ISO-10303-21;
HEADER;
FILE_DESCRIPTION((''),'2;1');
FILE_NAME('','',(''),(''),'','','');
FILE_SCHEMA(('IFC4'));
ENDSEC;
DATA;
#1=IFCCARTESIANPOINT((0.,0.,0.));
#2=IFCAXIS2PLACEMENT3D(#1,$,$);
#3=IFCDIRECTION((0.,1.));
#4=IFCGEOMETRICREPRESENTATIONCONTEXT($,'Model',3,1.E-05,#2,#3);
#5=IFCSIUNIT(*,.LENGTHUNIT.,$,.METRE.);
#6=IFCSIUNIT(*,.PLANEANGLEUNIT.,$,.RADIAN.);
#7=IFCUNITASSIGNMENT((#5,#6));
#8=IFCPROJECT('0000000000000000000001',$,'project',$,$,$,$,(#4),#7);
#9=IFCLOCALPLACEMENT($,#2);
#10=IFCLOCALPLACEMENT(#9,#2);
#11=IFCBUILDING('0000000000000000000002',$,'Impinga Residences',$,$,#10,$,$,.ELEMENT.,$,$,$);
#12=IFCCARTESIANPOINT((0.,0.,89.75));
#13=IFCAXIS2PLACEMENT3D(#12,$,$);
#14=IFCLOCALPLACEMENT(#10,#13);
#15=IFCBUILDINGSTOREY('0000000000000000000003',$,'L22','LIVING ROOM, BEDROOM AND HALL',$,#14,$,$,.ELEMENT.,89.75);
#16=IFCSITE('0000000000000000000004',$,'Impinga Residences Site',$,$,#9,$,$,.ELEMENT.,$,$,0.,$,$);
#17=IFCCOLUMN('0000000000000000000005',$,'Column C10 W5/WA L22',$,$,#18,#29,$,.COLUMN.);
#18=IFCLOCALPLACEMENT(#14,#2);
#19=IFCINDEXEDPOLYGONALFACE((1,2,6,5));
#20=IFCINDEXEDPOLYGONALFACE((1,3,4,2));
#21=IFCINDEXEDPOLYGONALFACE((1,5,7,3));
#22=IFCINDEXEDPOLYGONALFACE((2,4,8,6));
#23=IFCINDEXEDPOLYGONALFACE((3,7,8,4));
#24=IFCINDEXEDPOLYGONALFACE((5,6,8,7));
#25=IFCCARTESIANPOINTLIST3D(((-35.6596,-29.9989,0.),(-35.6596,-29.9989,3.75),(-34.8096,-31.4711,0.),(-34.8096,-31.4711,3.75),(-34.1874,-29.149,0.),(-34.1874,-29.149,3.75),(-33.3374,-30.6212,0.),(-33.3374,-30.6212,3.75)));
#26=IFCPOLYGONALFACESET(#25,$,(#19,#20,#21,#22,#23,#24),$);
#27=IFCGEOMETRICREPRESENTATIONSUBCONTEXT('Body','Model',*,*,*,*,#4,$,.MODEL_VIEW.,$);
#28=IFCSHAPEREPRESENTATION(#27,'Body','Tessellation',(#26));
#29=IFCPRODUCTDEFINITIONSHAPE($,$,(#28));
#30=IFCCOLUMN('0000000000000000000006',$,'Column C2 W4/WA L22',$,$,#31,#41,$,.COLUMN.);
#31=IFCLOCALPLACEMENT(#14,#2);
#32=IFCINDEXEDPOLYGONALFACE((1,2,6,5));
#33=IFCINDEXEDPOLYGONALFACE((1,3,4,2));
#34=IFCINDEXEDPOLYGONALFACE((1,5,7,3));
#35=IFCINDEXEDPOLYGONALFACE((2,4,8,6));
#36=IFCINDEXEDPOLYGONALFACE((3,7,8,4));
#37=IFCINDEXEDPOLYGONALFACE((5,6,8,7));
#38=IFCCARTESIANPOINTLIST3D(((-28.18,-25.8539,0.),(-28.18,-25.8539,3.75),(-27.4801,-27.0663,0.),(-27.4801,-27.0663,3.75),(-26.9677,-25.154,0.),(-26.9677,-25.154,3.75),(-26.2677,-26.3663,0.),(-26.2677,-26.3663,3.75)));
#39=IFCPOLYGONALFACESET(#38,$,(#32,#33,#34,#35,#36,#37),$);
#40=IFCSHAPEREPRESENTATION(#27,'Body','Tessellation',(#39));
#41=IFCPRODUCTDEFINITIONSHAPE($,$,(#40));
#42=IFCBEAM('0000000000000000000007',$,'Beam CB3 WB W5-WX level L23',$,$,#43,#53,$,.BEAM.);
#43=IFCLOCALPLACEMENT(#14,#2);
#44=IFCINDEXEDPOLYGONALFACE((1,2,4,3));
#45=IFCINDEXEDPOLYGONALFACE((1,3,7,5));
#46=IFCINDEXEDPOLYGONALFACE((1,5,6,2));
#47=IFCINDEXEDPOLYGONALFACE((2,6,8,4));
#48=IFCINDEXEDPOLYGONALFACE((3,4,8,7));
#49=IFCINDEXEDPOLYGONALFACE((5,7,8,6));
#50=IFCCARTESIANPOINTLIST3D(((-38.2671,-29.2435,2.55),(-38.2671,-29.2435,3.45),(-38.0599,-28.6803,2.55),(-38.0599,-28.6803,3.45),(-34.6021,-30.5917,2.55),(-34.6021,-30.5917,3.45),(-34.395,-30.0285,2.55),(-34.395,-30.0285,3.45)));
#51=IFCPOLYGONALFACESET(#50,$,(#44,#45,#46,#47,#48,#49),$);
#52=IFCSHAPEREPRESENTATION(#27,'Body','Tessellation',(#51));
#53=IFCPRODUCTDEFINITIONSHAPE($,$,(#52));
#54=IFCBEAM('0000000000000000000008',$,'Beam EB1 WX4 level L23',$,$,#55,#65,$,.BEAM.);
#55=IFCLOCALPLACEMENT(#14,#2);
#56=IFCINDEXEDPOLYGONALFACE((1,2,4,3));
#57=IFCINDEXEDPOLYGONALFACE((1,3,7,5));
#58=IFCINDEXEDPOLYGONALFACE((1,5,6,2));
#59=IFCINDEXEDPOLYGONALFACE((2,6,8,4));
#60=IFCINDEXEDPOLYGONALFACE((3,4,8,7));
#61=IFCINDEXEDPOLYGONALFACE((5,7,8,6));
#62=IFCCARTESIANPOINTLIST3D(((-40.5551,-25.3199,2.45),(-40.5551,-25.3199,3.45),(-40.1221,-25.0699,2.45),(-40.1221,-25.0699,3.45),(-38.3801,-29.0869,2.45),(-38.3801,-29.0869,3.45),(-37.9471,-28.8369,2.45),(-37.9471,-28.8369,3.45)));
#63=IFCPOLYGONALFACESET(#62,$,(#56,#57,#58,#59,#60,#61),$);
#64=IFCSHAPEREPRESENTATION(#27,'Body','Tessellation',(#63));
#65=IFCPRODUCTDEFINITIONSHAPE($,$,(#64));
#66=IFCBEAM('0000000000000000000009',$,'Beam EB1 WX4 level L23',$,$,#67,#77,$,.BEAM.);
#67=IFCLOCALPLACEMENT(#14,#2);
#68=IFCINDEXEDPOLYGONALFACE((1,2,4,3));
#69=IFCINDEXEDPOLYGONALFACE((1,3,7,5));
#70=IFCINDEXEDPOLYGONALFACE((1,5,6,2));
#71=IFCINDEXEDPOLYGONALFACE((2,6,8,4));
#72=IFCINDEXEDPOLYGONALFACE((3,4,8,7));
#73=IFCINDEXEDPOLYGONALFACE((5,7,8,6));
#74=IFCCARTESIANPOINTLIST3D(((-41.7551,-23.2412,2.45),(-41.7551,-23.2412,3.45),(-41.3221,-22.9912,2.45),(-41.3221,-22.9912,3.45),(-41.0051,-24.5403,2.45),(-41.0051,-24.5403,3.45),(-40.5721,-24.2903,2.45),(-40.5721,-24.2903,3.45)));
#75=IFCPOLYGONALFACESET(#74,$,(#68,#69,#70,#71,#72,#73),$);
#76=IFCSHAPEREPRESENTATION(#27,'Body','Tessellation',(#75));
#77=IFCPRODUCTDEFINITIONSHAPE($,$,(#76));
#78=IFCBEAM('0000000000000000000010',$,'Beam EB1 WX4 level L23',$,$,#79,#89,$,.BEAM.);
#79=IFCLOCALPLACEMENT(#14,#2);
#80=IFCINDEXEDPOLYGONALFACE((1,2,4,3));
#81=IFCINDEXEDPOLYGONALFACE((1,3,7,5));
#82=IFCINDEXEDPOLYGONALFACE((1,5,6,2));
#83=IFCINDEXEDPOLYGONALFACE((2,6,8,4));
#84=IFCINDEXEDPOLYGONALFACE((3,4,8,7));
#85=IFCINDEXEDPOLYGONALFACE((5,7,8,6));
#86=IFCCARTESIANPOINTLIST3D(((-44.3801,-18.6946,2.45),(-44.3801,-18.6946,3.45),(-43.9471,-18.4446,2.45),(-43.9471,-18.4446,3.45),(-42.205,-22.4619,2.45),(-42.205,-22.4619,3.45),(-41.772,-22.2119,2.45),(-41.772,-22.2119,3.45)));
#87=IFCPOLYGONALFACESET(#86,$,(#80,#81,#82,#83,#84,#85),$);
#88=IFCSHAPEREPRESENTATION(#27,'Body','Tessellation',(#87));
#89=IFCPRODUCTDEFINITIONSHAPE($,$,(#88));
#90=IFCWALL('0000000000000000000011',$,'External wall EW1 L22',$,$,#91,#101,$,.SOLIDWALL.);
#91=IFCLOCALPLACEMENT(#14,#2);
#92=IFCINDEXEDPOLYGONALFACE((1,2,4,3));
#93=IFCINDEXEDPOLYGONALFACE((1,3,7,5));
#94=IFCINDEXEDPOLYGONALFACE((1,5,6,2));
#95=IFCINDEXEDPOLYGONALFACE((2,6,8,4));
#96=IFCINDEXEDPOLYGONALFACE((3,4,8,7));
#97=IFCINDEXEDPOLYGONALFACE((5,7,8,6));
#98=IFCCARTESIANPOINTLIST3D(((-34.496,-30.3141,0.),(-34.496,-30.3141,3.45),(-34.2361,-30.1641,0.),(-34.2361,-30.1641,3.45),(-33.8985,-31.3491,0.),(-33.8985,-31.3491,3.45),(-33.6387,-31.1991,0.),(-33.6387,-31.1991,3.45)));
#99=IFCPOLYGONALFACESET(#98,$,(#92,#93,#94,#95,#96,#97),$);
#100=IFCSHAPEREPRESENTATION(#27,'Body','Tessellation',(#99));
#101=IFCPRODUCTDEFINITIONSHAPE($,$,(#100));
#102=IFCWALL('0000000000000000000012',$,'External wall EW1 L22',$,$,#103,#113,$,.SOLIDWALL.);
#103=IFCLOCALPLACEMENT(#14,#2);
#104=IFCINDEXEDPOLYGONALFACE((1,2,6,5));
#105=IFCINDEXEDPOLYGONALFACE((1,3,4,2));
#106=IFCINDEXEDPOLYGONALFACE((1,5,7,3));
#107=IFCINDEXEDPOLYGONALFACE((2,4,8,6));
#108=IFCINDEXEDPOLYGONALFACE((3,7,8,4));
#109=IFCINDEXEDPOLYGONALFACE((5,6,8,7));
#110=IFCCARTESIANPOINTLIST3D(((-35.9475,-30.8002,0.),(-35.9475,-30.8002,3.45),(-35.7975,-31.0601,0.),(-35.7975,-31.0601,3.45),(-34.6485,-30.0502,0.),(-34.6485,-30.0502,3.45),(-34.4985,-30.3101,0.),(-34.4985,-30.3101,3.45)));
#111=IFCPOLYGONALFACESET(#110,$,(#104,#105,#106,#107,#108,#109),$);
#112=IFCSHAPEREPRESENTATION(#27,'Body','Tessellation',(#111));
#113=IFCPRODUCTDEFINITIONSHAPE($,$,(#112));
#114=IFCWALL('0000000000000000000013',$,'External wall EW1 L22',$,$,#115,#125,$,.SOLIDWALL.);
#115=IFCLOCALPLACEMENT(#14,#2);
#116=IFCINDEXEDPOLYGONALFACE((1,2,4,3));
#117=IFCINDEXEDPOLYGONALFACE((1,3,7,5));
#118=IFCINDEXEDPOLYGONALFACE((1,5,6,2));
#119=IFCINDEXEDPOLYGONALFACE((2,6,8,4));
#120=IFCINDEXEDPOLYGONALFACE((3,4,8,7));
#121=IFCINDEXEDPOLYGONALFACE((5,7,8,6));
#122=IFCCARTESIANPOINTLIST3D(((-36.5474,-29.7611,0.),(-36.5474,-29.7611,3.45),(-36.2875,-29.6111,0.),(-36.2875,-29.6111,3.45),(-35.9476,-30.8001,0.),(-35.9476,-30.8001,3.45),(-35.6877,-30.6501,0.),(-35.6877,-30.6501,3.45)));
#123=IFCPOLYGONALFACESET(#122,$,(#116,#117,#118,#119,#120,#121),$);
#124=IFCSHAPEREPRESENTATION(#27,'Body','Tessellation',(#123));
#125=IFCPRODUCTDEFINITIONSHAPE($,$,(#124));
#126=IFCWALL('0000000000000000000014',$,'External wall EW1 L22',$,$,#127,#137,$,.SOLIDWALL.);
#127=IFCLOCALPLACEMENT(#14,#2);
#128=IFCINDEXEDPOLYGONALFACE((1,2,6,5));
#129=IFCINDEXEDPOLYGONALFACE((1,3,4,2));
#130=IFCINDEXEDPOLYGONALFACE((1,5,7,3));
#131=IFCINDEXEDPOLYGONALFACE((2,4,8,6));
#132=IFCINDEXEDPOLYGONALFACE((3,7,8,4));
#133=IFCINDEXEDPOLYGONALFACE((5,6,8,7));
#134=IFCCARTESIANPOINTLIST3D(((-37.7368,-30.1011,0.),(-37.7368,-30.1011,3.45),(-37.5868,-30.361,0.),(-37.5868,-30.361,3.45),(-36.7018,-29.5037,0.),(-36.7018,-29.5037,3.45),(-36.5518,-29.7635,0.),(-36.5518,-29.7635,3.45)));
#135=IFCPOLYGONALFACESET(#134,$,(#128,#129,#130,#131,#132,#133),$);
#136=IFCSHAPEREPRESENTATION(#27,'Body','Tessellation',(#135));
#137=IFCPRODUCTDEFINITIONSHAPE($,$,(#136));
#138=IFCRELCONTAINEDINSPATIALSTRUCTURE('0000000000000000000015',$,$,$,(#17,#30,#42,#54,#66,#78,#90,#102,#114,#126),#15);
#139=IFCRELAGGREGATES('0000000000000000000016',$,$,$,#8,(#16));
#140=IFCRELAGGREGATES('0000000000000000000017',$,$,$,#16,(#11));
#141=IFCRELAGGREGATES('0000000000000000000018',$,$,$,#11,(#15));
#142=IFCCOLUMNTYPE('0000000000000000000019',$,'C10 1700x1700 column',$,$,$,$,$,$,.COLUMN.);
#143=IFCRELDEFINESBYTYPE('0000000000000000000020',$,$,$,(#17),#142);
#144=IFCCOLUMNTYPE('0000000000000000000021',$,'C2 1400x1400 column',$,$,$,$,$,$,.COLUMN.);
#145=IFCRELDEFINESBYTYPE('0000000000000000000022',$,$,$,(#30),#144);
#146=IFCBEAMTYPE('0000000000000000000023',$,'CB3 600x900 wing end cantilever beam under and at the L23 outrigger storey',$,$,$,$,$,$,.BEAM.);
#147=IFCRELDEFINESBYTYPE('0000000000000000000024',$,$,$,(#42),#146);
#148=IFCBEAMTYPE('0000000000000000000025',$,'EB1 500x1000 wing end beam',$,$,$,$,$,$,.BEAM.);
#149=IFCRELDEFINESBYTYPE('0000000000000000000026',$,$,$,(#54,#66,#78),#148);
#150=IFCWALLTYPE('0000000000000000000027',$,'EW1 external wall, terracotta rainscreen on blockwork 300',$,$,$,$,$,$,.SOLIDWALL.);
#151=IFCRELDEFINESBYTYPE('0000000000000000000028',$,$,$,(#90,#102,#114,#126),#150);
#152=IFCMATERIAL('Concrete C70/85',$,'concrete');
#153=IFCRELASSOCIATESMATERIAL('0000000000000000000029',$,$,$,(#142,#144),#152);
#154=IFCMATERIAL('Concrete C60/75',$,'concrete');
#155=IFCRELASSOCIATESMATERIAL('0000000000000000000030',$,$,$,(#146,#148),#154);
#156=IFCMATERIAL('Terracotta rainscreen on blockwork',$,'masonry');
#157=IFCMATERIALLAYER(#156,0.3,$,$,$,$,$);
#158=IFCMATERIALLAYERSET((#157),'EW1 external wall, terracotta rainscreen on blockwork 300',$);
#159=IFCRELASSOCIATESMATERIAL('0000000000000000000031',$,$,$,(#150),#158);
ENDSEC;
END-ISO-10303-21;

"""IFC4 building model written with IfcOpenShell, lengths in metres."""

from ifc_helpers import new_model, si_unit, direction, frame, frame_2d, origin, origin_2d, place, context, subcontext, project, spatial, rectangle, extrude, material, layer, layer_set, material_profile, profile_set, type_object, element, save


model = new_model("IFC4")

# Units and contexts
model_context = context("Model", 3, precision=1e-05, world=origin(), true_north=direction((0.0, 1.0)))
body_context = subcontext(model_context, "Body", "Model", "MODEL_VIEW")
ifc_project = project(units=[si_unit("LENGTHUNIT", "METRE"), si_unit("PLANEANGLEUNIT", "RADIAN")], contexts=[model_context])

# Site, building, storey
site_placement = place(None, origin())
site = spatial("IfcSite", under=ifc_project, at=site_placement, Name="Impinga Residences Site", CompositionType="ELEMENT", RefElevation=0.0)
building_placement = place(site_placement, origin())
building = spatial("IfcBuilding", under=site, at=building_placement, Name="Impinga Residences", CompositionType="ELEMENT")
storey_placement = place(building_placement, frame((0.0, 0.0, 89.75)))
storey = spatial("IfcBuildingStorey", under=building, at=storey_placement, Name="L22", Description="LIVING ROOM, BEDROOM AND HALL", CompositionType="ELEMENT", Elevation=89.75)

# Columns
ifc_material_1 = material(Name="Concrete C70/85", Category="concrete")
ifc_material_profile_1 = material_profile(ifc_material_1, rectangle(XDim=1.7, YDim=1.7, at=origin_2d()), Name="RC 1700x1700")
ifc_profile_set_1 = profile_set([ifc_material_profile_1], Name="Concrete C70/85")
column_type_1 = type_object("IfcColumnType", Name="C10 1700x1700 column", PredefinedType="COLUMN", material=ifc_profile_set_1)
column_1_placement = place(storey_placement, frame((-34.4985, -30.3101, 0.0), z_axis=(0.0, 0.0, 1.0), x_axis=(-0.5, 0.866025, 0.0)))
element("IfcColumn", 1, at=column_1_placement, inside=storey, type_object=column_type_1, Name="Column C10 W5/WA L22", PredefinedType="COLUMN", context=body_context, shape_type="SweptSolid", body=[
    extrude(rectangle(XDim=1.7, YDim=1.7, at=origin_2d()), origin(), (0.0, 0.0, 1.0), 3.75),
])
ifc_material_profile_2 = material_profile(ifc_material_1, rectangle(XDim=1.3999, YDim=1.3999, at=origin_2d()), Name="RC 1400x1400")
ifc_profile_set_2 = profile_set([ifc_material_profile_2], Name="Concrete C70/85")
column_type_2 = type_object("IfcColumnType", Name="C2 1400x1400 column", PredefinedType="COLUMN", material=ifc_profile_set_2)
column_2_placement = place(storey_placement, frame((-27.2239, -26.1101, 0.0), z_axis=(0.0, 0.0, 1.0), x_axis=(-0.5, 0.866025, 0.0)))
element("IfcColumn", 2, at=column_2_placement, inside=storey, type_object=column_type_2, Name="Column C2 W4/WA L22", PredefinedType="COLUMN", context=body_context, shape_type="SweptSolid", body=[
    extrude(rectangle(XDim=1.3999, YDim=1.3999, at=origin_2d()), origin(), (0.0, 0.0, 1.0), 3.75),
])

# Beams
ifc_material_2 = material(Name="Concrete C60/75", Category="concrete")
ifc_material_profile_3 = material_profile(ifc_material_2, rectangle(XDim=0.6001, YDim=0.8999, at=origin_2d()), Name="RC 600x900")
ifc_profile_set_3 = profile_set([ifc_material_profile_3], Name="Concrete C60/75")
beam_type_1 = type_object("IfcBeamType", Name="CB3 600x900 wing end cantilever beam under and at the L23 outrigger storey", PredefinedType="BEAM", material=ifc_profile_set_3)
beam_1_placement = place(storey_placement, frame((-34.4985, -30.3101, 3.0), z_axis=(-0.93852, 0.345224, 0.0), x_axis=(-0.345224, -0.93852, 0.0)))
element("IfcBeam", 3, at=beam_1_placement, inside=storey, type_object=beam_type_1, Name="Beam CB3 WB W5-WX level L23", PredefinedType="BEAM", context=body_context, shape_type="SweptSolid", body=[
    extrude(rectangle(XDim=0.6001, YDim=0.8999, at=origin_2d()), origin(), (0.0, 0.0, 1.0), 3.905),
])
ifc_material_profile_4 = material_profile(ifc_material_2, rectangle(XDim=0.5, YDim=1.0, at=origin_2d()), Name="RC 500x1000")
ifc_profile_set_4 = profile_set([ifc_material_profile_4], Name="Concrete C60/75")
beam_type_2 = type_object("IfcBeamType", Name="EB1 500x1000 wing end beam", PredefinedType="BEAM", material=ifc_profile_set_4)
beam_2_placement = place(storey_placement, frame((-38.1636, -28.9619, 2.95), z_axis=(-0.50002, 0.866014, 0.0), x_axis=(-0.866014, -0.50002, 0.0)))
element("IfcBeam", 4, at=beam_2_placement, inside=storey, type_object=beam_type_2, Name="Beam EB1 WX4 level L23", PredefinedType="BEAM", context=body_context, shape_type="SweptSolid", body=[
    extrude(rectangle(XDim=0.5, YDim=1.0, at=origin_2d()), origin(), (0.0, 0.0, 1.0), 4.3499),
])
beam_3_placement = place(storey_placement, frame((-40.7886, -24.4153, 2.95), z_axis=(-0.49999, 0.866031, 0.0), x_axis=(-0.866031, -0.49999, 0.0)))
element("IfcBeam", 5, at=beam_3_placement, inside=storey, type_object=beam_type_2, Name="Beam EB1 WX4 level L23", PredefinedType="BEAM", context=body_context, shape_type="SweptSolid", body=[
    extrude(rectangle(XDim=0.5, YDim=1.0, at=origin_2d()), origin(), (0.0, 0.0, 1.0), 1.5),
])
beam_4_placement = place(storey_placement, frame((-41.9885, -22.3369, 2.95), z_axis=(-0.499996, 0.866028, 0.0), x_axis=(-0.866028, -0.499996, 0.0)))
element("IfcBeam", 6, at=beam_4_placement, inside=storey, type_object=beam_type_2, Name="Beam EB1 WX4 level L23", PredefinedType="BEAM", context=body_context, shape_type="SweptSolid", body=[
    extrude(rectangle(XDim=0.5, YDim=1.0, at=origin_2d()), origin(), (0.0, 0.0, 1.0), 4.3501),
])

# Walls
ifc_material_3 = material(Name="Terracotta rainscreen on blockwork", Category="masonry")
ifc_layer_1 = layer(ifc_material_3, 0.3)
ifc_layer_set_1 = layer_set([ifc_layer_1], Name="EW1 external wall, terracotta rainscreen on blockwork 300")
wall_type_1 = type_object("IfcWallType", Name="EW1 external wall, terracotta rainscreen on blockwork 300", PredefinedType="SOLIDWALL", material=ifc_layer_set_1)
wall_1_placement = place(storey_placement, frame((-33.7686, -31.2742, 0.0), z_axis=(0.0, 0.0, 1.0), x_axis=(-0.499941, 0.86606, 0.0)))
element("IfcWall", 7, at=wall_1_placement, inside=storey, type_object=wall_type_1, Name="External wall EW1 L22", PredefinedType="SOLIDWALL", context=body_context, shape_type="SweptSolid", body=[
    extrude(rectangle(XDim=1.1951, YDim=0.3, at=frame_2d((0.5977, 0.0))), origin(), (0.0, 0.0, 1.0), 3.45),
])
wall_2_placement = place(storey_placement, frame((-34.5735, -30.1802, 0.0), z_axis=(0.0, 0.0, 1.0), x_axis=(-0.866031, -0.49999, 0.0)))
element("IfcWall", 8, at=wall_2_placement, inside=storey, type_object=wall_type_1, Name="External wall EW1 L22", PredefinedType="SOLIDWALL", context=body_context, shape_type="SweptSolid", body=[
    extrude(rectangle(XDim=1.5, YDim=0.3, at=frame_2d((0.75, 0.0))), origin(), (0.0, 0.0, 1.0), 3.45),
])
wall_3_placement = place(storey_placement, frame((-35.8176, -30.7251, 0.0), z_axis=(0.0, 0.0, 1.0), x_axis=(-0.499969, 0.866043, 0.0)))
element("IfcWall", 9, at=wall_3_placement, inside=storey, type_object=wall_type_1, Name="External wall EW1 L22", PredefinedType="SOLIDWALL", context=body_context, shape_type="SweptSolid", body=[
    extrude(rectangle(XDim=1.1997, YDim=0.3, at=frame_2d((0.5999, 0.0))), origin(), (0.0, 0.0, 1.0), 3.45),
])
wall_4_placement = place(storey_placement, frame((-36.6267, -29.6335, 0.0), z_axis=(0.0, 0.0, 1.0), x_axis=(-0.86606, -0.499941, 0.0)))
element("IfcWall", 10, at=wall_4_placement, inside=storey, type_object=wall_type_1, Name="External wall EW1 L22", PredefinedType="SOLIDWALL", context=body_context, shape_type="SweptSolid", body=[
    extrude(rectangle(XDim=1.1951, YDim=0.3, at=frame_2d((0.5977, 0.0))), origin(), (0.0, 0.0, 1.0), 3.45),
])

save(model, "model.ifc")
